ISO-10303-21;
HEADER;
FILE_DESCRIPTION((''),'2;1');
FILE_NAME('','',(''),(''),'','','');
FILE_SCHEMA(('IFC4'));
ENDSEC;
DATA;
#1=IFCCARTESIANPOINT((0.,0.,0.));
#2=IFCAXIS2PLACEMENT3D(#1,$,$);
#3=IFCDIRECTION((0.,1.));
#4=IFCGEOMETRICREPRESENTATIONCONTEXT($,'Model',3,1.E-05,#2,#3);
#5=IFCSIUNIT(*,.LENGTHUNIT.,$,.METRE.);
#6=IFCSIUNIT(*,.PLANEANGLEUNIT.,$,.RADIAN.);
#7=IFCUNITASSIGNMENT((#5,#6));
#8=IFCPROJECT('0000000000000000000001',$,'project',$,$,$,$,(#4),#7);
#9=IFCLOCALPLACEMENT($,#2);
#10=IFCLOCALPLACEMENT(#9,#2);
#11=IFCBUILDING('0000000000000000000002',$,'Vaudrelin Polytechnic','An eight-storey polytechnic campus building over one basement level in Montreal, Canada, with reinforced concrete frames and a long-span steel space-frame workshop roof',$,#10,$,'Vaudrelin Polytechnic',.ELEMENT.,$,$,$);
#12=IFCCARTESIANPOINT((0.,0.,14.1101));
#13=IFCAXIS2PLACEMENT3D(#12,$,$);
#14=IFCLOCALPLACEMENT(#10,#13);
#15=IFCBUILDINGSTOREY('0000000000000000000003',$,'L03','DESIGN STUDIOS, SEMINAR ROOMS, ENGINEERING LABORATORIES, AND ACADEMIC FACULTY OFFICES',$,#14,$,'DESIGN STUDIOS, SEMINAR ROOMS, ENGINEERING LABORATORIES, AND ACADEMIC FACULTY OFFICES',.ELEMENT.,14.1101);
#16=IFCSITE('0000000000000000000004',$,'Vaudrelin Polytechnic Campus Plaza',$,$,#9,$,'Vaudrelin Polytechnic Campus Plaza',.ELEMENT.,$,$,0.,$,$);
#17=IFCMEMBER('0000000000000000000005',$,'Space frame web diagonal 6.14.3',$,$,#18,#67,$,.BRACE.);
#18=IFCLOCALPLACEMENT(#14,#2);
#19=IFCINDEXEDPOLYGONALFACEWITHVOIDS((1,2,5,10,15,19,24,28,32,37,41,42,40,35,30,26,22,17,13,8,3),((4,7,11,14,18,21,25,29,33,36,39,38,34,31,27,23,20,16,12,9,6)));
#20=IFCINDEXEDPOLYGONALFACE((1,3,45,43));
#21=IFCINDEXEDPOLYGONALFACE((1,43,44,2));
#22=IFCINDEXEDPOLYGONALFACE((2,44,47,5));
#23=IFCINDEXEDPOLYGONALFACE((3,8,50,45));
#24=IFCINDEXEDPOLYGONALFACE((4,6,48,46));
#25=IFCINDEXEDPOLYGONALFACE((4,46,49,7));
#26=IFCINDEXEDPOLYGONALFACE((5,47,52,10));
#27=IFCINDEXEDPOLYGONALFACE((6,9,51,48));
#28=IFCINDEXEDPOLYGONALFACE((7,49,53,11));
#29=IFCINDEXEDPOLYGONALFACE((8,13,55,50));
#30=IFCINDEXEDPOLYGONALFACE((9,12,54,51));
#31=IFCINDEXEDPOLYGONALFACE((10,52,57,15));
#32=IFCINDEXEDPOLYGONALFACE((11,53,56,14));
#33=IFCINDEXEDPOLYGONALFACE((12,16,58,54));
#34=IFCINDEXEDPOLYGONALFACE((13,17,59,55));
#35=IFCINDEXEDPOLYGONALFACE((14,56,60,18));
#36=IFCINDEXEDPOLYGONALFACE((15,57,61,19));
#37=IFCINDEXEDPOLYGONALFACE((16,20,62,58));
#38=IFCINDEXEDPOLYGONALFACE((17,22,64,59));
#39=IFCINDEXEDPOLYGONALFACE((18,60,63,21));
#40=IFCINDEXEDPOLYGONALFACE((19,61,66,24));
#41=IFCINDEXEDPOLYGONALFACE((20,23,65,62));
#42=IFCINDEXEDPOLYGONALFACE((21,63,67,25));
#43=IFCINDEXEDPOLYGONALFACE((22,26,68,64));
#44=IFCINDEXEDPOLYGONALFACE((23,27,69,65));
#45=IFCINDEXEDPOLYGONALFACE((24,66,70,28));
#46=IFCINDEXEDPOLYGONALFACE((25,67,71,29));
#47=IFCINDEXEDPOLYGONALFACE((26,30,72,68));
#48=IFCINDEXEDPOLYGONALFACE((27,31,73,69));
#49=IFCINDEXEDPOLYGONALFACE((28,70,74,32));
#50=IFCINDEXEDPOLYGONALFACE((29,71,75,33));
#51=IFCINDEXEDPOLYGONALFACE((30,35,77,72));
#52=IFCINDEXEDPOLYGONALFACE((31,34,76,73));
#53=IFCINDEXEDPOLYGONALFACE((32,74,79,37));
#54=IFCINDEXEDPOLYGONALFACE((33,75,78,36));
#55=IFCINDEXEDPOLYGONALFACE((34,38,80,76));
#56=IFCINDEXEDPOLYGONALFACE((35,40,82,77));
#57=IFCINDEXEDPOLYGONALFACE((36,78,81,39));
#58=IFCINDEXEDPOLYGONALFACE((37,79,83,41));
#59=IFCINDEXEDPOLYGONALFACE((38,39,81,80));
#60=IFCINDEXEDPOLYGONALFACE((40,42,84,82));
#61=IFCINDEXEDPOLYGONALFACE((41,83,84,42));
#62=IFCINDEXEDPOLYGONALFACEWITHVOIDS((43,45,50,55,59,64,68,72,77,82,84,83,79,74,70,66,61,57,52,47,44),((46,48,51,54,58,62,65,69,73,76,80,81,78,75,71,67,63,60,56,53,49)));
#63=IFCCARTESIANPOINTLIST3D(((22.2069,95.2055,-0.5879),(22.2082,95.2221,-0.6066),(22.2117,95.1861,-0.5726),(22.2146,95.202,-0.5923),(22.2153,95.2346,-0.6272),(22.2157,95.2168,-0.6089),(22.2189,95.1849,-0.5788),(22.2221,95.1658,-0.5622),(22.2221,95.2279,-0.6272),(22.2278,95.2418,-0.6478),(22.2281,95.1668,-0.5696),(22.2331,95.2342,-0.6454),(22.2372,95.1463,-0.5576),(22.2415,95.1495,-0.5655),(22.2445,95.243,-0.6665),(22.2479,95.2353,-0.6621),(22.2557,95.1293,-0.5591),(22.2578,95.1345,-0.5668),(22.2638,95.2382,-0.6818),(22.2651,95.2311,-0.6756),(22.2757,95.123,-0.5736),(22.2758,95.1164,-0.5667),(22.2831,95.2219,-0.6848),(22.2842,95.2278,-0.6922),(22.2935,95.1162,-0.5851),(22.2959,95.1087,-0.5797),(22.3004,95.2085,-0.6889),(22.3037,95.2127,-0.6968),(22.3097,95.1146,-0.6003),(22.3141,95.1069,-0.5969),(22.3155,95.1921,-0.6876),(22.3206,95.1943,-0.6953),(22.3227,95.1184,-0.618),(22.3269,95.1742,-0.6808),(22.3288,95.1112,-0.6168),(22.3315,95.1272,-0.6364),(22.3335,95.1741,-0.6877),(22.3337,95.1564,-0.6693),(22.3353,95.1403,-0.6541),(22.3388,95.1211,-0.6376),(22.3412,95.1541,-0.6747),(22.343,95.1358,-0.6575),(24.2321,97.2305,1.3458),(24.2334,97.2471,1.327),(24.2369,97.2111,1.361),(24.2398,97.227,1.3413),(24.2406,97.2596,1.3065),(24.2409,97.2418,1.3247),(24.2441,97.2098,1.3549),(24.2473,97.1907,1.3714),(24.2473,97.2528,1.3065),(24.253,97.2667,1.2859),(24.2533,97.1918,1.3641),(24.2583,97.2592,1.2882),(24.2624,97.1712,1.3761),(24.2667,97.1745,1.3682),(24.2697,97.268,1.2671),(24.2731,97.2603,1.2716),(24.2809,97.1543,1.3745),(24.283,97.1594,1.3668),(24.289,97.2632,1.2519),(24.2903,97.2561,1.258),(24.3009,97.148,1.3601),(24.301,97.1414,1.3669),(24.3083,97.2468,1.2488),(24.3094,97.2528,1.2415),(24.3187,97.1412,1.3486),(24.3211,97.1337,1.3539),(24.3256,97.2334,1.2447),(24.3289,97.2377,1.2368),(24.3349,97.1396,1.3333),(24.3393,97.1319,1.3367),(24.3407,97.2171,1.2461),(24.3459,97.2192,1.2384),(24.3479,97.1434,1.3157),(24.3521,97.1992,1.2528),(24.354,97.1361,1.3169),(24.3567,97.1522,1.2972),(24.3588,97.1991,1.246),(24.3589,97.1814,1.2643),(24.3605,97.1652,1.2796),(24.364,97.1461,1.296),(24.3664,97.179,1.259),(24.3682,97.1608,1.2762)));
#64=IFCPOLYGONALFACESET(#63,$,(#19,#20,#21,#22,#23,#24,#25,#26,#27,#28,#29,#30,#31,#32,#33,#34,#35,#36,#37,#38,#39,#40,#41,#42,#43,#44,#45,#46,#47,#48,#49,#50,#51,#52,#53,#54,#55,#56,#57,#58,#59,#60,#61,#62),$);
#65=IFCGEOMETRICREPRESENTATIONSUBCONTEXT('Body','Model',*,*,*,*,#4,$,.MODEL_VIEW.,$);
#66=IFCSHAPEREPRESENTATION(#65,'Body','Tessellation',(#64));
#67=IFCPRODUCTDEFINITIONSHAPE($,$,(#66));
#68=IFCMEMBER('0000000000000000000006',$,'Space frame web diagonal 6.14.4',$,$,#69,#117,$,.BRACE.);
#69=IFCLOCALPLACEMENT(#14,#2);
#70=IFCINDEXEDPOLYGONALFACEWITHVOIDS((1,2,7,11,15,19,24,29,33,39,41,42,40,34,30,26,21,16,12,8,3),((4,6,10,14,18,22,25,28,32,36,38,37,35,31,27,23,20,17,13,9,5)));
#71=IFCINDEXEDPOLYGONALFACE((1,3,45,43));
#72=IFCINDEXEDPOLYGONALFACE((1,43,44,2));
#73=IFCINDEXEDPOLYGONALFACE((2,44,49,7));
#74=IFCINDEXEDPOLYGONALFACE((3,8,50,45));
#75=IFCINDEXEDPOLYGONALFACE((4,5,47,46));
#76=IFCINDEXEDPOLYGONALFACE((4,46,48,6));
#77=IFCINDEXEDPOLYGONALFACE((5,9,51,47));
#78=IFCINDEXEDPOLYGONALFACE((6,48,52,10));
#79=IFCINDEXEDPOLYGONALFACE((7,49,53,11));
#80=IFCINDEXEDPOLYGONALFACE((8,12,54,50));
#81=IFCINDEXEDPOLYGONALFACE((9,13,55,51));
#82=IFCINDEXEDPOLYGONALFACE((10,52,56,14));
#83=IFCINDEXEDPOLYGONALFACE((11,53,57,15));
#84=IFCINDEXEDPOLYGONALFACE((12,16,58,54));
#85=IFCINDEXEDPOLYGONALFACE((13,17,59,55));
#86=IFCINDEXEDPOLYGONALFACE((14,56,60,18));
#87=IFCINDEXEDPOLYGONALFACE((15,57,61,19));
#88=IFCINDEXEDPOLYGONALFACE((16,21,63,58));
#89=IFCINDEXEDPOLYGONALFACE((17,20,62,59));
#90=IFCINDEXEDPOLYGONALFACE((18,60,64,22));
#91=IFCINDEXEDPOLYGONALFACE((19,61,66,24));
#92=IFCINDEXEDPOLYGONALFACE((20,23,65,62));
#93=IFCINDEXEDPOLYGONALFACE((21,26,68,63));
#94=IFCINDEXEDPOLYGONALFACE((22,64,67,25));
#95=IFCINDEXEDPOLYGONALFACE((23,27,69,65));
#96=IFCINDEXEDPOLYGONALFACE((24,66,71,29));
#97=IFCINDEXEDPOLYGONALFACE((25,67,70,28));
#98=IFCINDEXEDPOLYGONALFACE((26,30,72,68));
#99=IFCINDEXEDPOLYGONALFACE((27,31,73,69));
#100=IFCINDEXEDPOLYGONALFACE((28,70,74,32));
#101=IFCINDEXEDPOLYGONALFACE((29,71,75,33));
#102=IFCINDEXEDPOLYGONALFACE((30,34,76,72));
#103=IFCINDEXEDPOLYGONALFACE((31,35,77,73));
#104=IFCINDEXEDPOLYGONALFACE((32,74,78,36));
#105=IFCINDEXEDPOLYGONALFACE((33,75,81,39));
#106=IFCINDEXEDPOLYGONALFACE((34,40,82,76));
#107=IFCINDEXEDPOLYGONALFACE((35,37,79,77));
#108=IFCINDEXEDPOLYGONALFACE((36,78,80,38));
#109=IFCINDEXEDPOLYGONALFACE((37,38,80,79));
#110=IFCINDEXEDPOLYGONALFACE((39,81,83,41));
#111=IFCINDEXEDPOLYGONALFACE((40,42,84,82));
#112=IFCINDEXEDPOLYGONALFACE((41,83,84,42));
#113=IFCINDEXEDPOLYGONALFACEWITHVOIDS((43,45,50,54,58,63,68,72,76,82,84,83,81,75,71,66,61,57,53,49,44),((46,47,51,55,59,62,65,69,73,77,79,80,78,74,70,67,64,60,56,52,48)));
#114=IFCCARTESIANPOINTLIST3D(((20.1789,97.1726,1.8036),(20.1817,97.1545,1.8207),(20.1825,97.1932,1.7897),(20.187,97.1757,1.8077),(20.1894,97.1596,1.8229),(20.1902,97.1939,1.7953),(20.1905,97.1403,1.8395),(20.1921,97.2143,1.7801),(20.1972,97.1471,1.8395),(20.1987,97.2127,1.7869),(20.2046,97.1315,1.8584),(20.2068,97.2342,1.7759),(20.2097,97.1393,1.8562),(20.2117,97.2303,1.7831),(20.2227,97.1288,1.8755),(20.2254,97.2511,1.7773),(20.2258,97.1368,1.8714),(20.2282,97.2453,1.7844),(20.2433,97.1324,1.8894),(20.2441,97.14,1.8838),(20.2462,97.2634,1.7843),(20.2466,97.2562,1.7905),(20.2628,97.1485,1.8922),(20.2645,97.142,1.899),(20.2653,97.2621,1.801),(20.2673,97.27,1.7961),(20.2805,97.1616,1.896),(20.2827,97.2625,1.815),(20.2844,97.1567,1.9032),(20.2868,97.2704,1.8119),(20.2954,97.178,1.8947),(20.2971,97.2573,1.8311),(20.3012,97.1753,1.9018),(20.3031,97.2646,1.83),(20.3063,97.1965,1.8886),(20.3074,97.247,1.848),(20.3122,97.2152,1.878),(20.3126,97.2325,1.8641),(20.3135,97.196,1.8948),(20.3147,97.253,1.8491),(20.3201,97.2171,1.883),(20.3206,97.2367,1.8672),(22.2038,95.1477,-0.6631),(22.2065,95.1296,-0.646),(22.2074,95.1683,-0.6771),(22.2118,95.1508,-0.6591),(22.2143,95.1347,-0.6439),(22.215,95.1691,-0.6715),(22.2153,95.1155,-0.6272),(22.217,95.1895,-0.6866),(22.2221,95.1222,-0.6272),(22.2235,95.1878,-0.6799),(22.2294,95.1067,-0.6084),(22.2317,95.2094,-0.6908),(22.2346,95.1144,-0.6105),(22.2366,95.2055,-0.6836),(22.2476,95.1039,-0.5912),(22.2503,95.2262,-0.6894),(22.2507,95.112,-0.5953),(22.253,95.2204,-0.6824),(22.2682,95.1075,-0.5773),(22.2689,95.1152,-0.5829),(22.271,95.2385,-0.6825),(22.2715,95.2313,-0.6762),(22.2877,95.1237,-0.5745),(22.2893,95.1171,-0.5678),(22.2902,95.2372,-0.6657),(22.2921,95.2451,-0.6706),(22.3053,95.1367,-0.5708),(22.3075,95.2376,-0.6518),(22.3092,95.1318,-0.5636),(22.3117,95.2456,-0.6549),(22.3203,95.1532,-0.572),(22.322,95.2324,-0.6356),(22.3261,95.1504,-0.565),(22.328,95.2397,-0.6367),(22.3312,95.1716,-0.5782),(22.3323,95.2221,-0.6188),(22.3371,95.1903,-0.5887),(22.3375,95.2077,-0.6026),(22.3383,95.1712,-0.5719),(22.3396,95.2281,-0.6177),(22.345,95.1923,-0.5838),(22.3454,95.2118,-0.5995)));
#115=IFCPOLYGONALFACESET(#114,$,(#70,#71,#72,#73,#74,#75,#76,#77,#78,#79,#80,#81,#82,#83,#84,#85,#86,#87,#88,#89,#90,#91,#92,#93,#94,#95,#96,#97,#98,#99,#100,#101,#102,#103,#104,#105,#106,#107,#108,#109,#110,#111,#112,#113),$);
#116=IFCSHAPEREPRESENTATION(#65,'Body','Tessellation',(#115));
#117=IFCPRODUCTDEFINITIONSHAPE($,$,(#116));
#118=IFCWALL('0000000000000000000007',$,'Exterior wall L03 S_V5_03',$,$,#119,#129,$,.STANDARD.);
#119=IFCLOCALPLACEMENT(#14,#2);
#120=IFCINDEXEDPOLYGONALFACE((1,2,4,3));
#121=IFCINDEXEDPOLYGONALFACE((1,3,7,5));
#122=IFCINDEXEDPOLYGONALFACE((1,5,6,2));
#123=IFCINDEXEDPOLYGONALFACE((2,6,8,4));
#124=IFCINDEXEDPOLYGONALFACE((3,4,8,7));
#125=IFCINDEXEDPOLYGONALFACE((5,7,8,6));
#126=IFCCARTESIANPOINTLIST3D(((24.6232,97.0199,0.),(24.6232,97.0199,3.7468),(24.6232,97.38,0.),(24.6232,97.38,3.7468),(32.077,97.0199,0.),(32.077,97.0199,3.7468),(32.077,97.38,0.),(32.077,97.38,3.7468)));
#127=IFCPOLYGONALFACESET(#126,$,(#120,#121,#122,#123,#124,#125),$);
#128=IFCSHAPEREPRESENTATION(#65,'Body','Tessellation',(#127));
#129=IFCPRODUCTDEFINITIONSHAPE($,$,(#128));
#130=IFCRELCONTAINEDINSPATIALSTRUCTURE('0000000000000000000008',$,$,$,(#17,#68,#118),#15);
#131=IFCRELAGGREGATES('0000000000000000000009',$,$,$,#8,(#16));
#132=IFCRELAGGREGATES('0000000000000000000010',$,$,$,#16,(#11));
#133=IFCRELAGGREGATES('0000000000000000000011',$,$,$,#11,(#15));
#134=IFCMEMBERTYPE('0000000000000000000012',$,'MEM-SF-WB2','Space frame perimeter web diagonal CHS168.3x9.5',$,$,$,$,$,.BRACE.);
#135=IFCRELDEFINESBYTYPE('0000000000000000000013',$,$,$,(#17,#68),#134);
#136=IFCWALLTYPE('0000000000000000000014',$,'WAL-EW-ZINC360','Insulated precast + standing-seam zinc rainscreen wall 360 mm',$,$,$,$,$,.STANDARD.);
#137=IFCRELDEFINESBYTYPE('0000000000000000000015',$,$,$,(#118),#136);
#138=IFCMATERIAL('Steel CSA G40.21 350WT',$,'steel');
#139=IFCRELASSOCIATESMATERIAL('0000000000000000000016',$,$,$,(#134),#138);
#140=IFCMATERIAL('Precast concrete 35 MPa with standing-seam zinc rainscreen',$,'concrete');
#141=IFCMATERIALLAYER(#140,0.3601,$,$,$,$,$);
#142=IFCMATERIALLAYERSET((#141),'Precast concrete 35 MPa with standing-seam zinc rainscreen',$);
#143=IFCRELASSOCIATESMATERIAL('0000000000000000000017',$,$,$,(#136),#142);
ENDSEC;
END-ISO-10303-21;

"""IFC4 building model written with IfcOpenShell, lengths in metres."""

from ifc_helpers import new_model, si_unit, direction, frame, frame_2d, origin, origin_2d, place, context, subcontext, project, spatial, rectangle, hollow_circle, extrude, material, layer, layer_set, material_profile, profile_set, type_object, element, save


model = new_model("IFC4")

# Units and contexts
model_context = context("Model", 3, precision=1e-05, world=origin(), true_north=direction((0.0, 1.0)))
body_context = subcontext(model_context, "Body", "Model", "MODEL_VIEW")
ifc_project = project(units=[si_unit("LENGTHUNIT", "METRE"), si_unit("PLANEANGLEUNIT", "RADIAN")], contexts=[model_context])

# Site, building, storey
site_placement = place(None, origin())
site = spatial("IfcSite", under=ifc_project, at=site_placement, Name="Vaudrelin Polytechnic Campus Plaza", LongName="Vaudrelin Polytechnic Campus Plaza", CompositionType="ELEMENT", RefElevation=0.0)
building_placement = place(site_placement, origin())
building = spatial("IfcBuilding", under=site, at=building_placement, Name="Vaudrelin Polytechnic", Description="An eight-storey polytechnic campus building over one basement level in Montreal, Canada, with reinforced concrete frames and a long-span steel space-frame workshop roof", LongName="Vaudrelin Polytechnic", CompositionType="ELEMENT")
storey_placement = place(building_placement, frame((0.0, 0.0, 14.1101)))
storey = spatial("IfcBuildingStorey", under=building, at=storey_placement, Name="L03", Description="DESIGN STUDIOS, SEMINAR ROOMS, ENGINEERING LABORATORIES, AND ACADEMIC FACULTY OFFICES", LongName="DESIGN STUDIOS, SEMINAR ROOMS, ENGINEERING LABORATORIES, AND ACADEMIC FACULTY OFFICES", CompositionType="ELEMENT", Elevation=14.1101)

# Shared definitions
ifc_material_1 = material(Name="Steel CSA G40.21 350WT", Category="steel")

# Members
ifc_material_profile_1 = material_profile(ifc_material_1, hollow_circle(Radius=0.0842, WallThickness=0.0095, at=origin_2d()), Name="CHS168.3x9.5")
ifc_profile_set_1 = profile_set([ifc_material_profile_1], Name="Steel CSA G40.21 350WT")
member_type_1 = type_object("IfcMemberType", Name="MEM-SF-WB2", Description="Space frame perimeter web diagonal CHS168.3x9.5", PredefinedType="BRACE", material=ifc_profile_set_1)
for number, where, z_axis, x_axis, name in (
    (1, (22.2749, 95.175, -0.6272), (0.586071, 0.586, 0.559576), (-0.707064, 0.707149, 0.0), "Space frame web diagonal 6.14.3"),
):
    element("IfcMember", number, at=place(storey_placement, frame(where, z_axis=z_axis, x_axis=x_axis)), inside=storey, type_object=member_type_1, Name=name, PredefinedType="BRACE", context=body_context, shape_type="SweptSolid", body=[
        extrude(hollow_circle(Radius=0.0842, WallThickness=0.0095, at=origin_2d()), origin(), (0.0, 0.0, 1.0), 3.4556),
    ])
member_1_placement = place(storey_placement, frame((22.2749, 95.175, -0.6272), z_axis=(-0.535742, 0.535742, 0.652657), x_axis=(-0.707107, -0.707107, 0.0)))
element("IfcMember", 2, at=member_1_placement, inside=storey, type_object=member_type_1, Name="Space frame web diagonal 6.14.4", PredefinedType="BRACE", context=body_context, shape_type="SweptSolid", body=[
    extrude(hollow_circle(Radius=0.0842, WallThickness=0.0095, at=origin_2d()), origin(), (0.0, 0.0, 1.0), 3.7795),
])

# Wall
ifc_material_2 = material(Name="Precast concrete 35 MPa with standing-seam zinc rainscreen", Category="concrete")
ifc_layer = layer(ifc_material_2, 0.3601)
ifc_layer_set = layer_set([ifc_layer], Name="Precast concrete 35 MPa with standing-seam zinc rainscreen")
wall_type = type_object("IfcWallType", Name="WAL-EW-ZINC360", Description="Insulated precast + standing-seam zinc rainscreen wall 360 mm", PredefinedType="STANDARD", material=ifc_layer_set)
wall_placement = place(storey_placement, frame((24.623, 97.2, 0.0), z_axis=(0.0, 0.0, 1.0), x_axis=(1.0, 0.0, 0.0)))
element("IfcWall", 3, at=wall_placement, inside=storey, type_object=wall_type, Name="Exterior wall L03 S_V5_03", PredefinedType="STANDARD", context=body_context, shape_type="SweptSolid", body=[
    extrude(rectangle(XDim=7.4539, YDim=0.3601, at=frame_2d((3.7271, 0.0))), origin(), (0.0, 0.0, 1.0), 3.7468),
])

save(model, "model.ifc")
